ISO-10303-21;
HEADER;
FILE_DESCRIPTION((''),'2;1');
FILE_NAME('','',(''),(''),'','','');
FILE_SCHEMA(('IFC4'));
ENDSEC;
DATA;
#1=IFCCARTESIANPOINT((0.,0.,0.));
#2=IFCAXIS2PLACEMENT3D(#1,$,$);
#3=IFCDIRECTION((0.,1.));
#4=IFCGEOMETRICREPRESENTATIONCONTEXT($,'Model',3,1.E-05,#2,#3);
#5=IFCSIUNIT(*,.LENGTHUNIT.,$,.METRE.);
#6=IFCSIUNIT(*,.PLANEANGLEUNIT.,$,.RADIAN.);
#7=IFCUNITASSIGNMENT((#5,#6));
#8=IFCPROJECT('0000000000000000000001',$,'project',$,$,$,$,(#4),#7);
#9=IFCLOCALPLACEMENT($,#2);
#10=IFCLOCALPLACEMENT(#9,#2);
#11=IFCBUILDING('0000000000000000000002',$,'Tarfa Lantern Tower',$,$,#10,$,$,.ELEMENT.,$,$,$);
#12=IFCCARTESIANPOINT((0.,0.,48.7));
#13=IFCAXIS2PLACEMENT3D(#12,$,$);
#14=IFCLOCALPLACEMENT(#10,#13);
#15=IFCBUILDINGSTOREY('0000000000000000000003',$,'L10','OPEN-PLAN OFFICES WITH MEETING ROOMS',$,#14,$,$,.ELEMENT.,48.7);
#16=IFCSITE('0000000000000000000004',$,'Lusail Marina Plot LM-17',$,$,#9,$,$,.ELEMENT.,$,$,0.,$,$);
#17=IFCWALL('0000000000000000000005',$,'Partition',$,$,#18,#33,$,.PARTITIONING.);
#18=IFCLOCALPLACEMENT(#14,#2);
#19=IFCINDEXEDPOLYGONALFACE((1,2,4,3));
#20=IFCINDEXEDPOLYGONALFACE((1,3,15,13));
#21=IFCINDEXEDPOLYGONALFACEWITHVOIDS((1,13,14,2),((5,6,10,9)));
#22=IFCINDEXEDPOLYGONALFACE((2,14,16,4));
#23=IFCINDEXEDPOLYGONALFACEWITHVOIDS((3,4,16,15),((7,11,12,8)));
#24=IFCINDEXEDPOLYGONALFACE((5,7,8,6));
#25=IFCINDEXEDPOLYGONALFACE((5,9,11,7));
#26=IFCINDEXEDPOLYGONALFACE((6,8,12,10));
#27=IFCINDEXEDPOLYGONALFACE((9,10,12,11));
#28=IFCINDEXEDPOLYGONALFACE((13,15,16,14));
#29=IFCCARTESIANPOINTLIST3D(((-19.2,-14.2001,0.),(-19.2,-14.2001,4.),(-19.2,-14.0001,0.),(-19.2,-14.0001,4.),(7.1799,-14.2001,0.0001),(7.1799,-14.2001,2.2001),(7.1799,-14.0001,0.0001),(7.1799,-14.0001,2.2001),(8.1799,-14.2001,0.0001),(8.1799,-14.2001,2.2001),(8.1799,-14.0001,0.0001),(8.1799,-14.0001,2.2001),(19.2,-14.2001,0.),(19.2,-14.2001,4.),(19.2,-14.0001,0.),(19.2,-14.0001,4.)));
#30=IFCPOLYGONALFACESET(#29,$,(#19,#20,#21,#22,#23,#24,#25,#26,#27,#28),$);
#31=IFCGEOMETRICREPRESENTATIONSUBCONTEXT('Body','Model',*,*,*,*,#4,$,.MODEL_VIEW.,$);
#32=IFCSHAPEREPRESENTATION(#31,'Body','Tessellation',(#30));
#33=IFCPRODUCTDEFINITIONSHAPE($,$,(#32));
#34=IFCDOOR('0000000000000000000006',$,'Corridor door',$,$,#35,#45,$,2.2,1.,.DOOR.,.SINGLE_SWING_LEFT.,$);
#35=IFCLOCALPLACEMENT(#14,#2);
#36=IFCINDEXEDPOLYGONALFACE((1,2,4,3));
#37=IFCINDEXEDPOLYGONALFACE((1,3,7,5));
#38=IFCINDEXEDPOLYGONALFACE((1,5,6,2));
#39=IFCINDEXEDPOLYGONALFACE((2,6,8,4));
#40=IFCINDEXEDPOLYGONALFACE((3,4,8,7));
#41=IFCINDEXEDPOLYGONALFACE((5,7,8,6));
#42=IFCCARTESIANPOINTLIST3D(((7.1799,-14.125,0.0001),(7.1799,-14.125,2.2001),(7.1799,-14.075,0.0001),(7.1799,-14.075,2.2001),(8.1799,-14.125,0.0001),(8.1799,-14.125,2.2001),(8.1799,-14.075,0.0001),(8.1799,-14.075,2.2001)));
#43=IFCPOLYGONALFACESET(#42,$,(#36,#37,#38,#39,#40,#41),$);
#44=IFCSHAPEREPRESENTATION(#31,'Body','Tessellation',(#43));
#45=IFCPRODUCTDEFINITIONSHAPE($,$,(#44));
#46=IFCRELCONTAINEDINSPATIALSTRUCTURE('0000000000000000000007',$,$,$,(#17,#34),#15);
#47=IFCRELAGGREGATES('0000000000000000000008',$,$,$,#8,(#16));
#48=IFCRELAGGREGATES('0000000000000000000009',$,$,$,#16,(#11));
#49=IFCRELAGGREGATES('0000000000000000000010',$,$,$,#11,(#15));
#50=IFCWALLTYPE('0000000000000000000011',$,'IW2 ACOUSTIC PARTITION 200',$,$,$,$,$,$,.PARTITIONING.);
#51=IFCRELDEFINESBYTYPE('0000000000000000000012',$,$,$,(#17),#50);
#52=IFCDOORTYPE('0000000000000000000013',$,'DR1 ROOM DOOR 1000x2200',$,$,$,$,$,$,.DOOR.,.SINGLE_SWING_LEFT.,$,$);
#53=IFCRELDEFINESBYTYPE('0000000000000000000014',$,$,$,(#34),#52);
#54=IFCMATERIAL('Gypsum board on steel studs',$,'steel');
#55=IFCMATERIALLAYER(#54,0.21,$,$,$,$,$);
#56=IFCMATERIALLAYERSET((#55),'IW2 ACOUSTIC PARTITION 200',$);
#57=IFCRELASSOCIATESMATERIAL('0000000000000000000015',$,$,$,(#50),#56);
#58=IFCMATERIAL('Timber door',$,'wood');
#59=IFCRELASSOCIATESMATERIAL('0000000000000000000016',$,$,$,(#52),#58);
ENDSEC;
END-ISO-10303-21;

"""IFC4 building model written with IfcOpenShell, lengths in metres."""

from ifc_helpers import new_model, si_unit, direction, frame, frame_2d, origin, place, context, subcontext, project, spatial, rectangle, extrude, material, layer, layer_set, type_object, element, fill, save


model = new_model("IFC4")

# Units and contexts
model_context = context("Model", 3, precision=1e-05, world=origin(), true_north=direction((0.0, 1.0)))
body_context = subcontext(model_context, "Body", "Model", "MODEL_VIEW")
ifc_project = project(units=[si_unit("LENGTHUNIT", "METRE"), si_unit("PLANEANGLEUNIT", "RADIAN")], contexts=[model_context])

# Site, building, storey
site_placement = place(None, origin())
site = spatial("IfcSite", under=ifc_project, at=site_placement, Name="Lusail Marina Plot LM-17", CompositionType="ELEMENT", RefElevation=0.0)
building_placement = place(site_placement, origin())
building = spatial("IfcBuilding", under=site, at=building_placement, Name="Tarfa Lantern Tower", CompositionType="ELEMENT")
storey_placement = place(building_placement, frame((0.0, 0.0, 48.7)))
storey = spatial("IfcBuildingStorey", under=building, at=storey_placement, Name="L10", Description="OPEN-PLAN OFFICES WITH MEETING ROOMS", CompositionType="ELEMENT", Elevation=48.7)

# Shared definitions
ifc_material_1 = material(Name="Gypsum board on steel studs", Category="steel")
ifc_layer_1 = layer(ifc_material_1, 0.21)
ifc_layer_set_1 = layer_set([ifc_layer_1], Name="IW2 ACOUSTIC PARTITION 200")
wall_type_1 = type_object("IfcWallType", Name="IW2 ACOUSTIC PARTITION 200", PredefinedType="PARTITIONING", material=ifc_layer_set_1)

# Wall, opening, door
wall_1_placement = place(storey_placement, frame((19.2, -14.1001, 0.0), z_axis=(0.0, 0.0, 1.0), x_axis=(-1.0, 0.0, 0.0)))
wall_1 = element("IfcWall", 1, at=wall_1_placement, inside=storey, type_object=wall_type_1, Name="Partition", PredefinedType="PARTITIONING", context=body_context, shape_type="SweptSolid", body=[
    extrude(rectangle(XDim=38.3999, YDim=0.2, at=frame_2d((19.2, 0.0))), origin(), (0.0, 0.0, 1.0), 4.0),
])
opening_1_placement = place(wall_1_placement, frame((11.02, 0.0, 0.0)))
opening_1 = element("IfcOpeningElement", 2, at=opening_1_placement, cuts=wall_1, PredefinedType="OPENING", context=body_context, shape_type="SweptSolid", body=[
    extrude(rectangle(XDim=1.0, YDim=2.2, at=frame_2d((0.5, 1.1001))), frame((0.0, 0.1099, 0.0), z_axis=(0.0, -1.0, 0.0), x_axis=(1.0, 0.0, 0.0)), (0.0, 0.0, 1.0), 0.22),
])
ifc_material_2 = material(Name="Timber door", Category="wood")
door_type_1 = type_object("IfcDoorType", Name="DR1 ROOM DOOR 1000x2200", OperationType="SINGLE_SWING_LEFT", PredefinedType="DOOR", material=ifc_material_2)
door_1_placement = place(opening_1_placement, origin())
door_1 = element("IfcDoor", 3, at=door_1_placement, inside=storey, type_object=door_type_1, Name="Corridor door", OperationType="SINGLE_SWING_LEFT", OverallHeight=2.2, OverallWidth=1.0, PredefinedType="DOOR", context=body_context, shape_type="SweptSolid", body=[
    extrude(rectangle(XDim=1.0, YDim=2.2, at=frame_2d((0.5, 1.1001))), frame((0.0, 0.0249, 0.0), z_axis=(0.0, -1.0, 0.0), x_axis=(1.0, 0.0, 0.0)), (0.0, 0.0, 1.0), 0.05),
])
fill(opening_1, door_1)

save(model, "model.ifc")
